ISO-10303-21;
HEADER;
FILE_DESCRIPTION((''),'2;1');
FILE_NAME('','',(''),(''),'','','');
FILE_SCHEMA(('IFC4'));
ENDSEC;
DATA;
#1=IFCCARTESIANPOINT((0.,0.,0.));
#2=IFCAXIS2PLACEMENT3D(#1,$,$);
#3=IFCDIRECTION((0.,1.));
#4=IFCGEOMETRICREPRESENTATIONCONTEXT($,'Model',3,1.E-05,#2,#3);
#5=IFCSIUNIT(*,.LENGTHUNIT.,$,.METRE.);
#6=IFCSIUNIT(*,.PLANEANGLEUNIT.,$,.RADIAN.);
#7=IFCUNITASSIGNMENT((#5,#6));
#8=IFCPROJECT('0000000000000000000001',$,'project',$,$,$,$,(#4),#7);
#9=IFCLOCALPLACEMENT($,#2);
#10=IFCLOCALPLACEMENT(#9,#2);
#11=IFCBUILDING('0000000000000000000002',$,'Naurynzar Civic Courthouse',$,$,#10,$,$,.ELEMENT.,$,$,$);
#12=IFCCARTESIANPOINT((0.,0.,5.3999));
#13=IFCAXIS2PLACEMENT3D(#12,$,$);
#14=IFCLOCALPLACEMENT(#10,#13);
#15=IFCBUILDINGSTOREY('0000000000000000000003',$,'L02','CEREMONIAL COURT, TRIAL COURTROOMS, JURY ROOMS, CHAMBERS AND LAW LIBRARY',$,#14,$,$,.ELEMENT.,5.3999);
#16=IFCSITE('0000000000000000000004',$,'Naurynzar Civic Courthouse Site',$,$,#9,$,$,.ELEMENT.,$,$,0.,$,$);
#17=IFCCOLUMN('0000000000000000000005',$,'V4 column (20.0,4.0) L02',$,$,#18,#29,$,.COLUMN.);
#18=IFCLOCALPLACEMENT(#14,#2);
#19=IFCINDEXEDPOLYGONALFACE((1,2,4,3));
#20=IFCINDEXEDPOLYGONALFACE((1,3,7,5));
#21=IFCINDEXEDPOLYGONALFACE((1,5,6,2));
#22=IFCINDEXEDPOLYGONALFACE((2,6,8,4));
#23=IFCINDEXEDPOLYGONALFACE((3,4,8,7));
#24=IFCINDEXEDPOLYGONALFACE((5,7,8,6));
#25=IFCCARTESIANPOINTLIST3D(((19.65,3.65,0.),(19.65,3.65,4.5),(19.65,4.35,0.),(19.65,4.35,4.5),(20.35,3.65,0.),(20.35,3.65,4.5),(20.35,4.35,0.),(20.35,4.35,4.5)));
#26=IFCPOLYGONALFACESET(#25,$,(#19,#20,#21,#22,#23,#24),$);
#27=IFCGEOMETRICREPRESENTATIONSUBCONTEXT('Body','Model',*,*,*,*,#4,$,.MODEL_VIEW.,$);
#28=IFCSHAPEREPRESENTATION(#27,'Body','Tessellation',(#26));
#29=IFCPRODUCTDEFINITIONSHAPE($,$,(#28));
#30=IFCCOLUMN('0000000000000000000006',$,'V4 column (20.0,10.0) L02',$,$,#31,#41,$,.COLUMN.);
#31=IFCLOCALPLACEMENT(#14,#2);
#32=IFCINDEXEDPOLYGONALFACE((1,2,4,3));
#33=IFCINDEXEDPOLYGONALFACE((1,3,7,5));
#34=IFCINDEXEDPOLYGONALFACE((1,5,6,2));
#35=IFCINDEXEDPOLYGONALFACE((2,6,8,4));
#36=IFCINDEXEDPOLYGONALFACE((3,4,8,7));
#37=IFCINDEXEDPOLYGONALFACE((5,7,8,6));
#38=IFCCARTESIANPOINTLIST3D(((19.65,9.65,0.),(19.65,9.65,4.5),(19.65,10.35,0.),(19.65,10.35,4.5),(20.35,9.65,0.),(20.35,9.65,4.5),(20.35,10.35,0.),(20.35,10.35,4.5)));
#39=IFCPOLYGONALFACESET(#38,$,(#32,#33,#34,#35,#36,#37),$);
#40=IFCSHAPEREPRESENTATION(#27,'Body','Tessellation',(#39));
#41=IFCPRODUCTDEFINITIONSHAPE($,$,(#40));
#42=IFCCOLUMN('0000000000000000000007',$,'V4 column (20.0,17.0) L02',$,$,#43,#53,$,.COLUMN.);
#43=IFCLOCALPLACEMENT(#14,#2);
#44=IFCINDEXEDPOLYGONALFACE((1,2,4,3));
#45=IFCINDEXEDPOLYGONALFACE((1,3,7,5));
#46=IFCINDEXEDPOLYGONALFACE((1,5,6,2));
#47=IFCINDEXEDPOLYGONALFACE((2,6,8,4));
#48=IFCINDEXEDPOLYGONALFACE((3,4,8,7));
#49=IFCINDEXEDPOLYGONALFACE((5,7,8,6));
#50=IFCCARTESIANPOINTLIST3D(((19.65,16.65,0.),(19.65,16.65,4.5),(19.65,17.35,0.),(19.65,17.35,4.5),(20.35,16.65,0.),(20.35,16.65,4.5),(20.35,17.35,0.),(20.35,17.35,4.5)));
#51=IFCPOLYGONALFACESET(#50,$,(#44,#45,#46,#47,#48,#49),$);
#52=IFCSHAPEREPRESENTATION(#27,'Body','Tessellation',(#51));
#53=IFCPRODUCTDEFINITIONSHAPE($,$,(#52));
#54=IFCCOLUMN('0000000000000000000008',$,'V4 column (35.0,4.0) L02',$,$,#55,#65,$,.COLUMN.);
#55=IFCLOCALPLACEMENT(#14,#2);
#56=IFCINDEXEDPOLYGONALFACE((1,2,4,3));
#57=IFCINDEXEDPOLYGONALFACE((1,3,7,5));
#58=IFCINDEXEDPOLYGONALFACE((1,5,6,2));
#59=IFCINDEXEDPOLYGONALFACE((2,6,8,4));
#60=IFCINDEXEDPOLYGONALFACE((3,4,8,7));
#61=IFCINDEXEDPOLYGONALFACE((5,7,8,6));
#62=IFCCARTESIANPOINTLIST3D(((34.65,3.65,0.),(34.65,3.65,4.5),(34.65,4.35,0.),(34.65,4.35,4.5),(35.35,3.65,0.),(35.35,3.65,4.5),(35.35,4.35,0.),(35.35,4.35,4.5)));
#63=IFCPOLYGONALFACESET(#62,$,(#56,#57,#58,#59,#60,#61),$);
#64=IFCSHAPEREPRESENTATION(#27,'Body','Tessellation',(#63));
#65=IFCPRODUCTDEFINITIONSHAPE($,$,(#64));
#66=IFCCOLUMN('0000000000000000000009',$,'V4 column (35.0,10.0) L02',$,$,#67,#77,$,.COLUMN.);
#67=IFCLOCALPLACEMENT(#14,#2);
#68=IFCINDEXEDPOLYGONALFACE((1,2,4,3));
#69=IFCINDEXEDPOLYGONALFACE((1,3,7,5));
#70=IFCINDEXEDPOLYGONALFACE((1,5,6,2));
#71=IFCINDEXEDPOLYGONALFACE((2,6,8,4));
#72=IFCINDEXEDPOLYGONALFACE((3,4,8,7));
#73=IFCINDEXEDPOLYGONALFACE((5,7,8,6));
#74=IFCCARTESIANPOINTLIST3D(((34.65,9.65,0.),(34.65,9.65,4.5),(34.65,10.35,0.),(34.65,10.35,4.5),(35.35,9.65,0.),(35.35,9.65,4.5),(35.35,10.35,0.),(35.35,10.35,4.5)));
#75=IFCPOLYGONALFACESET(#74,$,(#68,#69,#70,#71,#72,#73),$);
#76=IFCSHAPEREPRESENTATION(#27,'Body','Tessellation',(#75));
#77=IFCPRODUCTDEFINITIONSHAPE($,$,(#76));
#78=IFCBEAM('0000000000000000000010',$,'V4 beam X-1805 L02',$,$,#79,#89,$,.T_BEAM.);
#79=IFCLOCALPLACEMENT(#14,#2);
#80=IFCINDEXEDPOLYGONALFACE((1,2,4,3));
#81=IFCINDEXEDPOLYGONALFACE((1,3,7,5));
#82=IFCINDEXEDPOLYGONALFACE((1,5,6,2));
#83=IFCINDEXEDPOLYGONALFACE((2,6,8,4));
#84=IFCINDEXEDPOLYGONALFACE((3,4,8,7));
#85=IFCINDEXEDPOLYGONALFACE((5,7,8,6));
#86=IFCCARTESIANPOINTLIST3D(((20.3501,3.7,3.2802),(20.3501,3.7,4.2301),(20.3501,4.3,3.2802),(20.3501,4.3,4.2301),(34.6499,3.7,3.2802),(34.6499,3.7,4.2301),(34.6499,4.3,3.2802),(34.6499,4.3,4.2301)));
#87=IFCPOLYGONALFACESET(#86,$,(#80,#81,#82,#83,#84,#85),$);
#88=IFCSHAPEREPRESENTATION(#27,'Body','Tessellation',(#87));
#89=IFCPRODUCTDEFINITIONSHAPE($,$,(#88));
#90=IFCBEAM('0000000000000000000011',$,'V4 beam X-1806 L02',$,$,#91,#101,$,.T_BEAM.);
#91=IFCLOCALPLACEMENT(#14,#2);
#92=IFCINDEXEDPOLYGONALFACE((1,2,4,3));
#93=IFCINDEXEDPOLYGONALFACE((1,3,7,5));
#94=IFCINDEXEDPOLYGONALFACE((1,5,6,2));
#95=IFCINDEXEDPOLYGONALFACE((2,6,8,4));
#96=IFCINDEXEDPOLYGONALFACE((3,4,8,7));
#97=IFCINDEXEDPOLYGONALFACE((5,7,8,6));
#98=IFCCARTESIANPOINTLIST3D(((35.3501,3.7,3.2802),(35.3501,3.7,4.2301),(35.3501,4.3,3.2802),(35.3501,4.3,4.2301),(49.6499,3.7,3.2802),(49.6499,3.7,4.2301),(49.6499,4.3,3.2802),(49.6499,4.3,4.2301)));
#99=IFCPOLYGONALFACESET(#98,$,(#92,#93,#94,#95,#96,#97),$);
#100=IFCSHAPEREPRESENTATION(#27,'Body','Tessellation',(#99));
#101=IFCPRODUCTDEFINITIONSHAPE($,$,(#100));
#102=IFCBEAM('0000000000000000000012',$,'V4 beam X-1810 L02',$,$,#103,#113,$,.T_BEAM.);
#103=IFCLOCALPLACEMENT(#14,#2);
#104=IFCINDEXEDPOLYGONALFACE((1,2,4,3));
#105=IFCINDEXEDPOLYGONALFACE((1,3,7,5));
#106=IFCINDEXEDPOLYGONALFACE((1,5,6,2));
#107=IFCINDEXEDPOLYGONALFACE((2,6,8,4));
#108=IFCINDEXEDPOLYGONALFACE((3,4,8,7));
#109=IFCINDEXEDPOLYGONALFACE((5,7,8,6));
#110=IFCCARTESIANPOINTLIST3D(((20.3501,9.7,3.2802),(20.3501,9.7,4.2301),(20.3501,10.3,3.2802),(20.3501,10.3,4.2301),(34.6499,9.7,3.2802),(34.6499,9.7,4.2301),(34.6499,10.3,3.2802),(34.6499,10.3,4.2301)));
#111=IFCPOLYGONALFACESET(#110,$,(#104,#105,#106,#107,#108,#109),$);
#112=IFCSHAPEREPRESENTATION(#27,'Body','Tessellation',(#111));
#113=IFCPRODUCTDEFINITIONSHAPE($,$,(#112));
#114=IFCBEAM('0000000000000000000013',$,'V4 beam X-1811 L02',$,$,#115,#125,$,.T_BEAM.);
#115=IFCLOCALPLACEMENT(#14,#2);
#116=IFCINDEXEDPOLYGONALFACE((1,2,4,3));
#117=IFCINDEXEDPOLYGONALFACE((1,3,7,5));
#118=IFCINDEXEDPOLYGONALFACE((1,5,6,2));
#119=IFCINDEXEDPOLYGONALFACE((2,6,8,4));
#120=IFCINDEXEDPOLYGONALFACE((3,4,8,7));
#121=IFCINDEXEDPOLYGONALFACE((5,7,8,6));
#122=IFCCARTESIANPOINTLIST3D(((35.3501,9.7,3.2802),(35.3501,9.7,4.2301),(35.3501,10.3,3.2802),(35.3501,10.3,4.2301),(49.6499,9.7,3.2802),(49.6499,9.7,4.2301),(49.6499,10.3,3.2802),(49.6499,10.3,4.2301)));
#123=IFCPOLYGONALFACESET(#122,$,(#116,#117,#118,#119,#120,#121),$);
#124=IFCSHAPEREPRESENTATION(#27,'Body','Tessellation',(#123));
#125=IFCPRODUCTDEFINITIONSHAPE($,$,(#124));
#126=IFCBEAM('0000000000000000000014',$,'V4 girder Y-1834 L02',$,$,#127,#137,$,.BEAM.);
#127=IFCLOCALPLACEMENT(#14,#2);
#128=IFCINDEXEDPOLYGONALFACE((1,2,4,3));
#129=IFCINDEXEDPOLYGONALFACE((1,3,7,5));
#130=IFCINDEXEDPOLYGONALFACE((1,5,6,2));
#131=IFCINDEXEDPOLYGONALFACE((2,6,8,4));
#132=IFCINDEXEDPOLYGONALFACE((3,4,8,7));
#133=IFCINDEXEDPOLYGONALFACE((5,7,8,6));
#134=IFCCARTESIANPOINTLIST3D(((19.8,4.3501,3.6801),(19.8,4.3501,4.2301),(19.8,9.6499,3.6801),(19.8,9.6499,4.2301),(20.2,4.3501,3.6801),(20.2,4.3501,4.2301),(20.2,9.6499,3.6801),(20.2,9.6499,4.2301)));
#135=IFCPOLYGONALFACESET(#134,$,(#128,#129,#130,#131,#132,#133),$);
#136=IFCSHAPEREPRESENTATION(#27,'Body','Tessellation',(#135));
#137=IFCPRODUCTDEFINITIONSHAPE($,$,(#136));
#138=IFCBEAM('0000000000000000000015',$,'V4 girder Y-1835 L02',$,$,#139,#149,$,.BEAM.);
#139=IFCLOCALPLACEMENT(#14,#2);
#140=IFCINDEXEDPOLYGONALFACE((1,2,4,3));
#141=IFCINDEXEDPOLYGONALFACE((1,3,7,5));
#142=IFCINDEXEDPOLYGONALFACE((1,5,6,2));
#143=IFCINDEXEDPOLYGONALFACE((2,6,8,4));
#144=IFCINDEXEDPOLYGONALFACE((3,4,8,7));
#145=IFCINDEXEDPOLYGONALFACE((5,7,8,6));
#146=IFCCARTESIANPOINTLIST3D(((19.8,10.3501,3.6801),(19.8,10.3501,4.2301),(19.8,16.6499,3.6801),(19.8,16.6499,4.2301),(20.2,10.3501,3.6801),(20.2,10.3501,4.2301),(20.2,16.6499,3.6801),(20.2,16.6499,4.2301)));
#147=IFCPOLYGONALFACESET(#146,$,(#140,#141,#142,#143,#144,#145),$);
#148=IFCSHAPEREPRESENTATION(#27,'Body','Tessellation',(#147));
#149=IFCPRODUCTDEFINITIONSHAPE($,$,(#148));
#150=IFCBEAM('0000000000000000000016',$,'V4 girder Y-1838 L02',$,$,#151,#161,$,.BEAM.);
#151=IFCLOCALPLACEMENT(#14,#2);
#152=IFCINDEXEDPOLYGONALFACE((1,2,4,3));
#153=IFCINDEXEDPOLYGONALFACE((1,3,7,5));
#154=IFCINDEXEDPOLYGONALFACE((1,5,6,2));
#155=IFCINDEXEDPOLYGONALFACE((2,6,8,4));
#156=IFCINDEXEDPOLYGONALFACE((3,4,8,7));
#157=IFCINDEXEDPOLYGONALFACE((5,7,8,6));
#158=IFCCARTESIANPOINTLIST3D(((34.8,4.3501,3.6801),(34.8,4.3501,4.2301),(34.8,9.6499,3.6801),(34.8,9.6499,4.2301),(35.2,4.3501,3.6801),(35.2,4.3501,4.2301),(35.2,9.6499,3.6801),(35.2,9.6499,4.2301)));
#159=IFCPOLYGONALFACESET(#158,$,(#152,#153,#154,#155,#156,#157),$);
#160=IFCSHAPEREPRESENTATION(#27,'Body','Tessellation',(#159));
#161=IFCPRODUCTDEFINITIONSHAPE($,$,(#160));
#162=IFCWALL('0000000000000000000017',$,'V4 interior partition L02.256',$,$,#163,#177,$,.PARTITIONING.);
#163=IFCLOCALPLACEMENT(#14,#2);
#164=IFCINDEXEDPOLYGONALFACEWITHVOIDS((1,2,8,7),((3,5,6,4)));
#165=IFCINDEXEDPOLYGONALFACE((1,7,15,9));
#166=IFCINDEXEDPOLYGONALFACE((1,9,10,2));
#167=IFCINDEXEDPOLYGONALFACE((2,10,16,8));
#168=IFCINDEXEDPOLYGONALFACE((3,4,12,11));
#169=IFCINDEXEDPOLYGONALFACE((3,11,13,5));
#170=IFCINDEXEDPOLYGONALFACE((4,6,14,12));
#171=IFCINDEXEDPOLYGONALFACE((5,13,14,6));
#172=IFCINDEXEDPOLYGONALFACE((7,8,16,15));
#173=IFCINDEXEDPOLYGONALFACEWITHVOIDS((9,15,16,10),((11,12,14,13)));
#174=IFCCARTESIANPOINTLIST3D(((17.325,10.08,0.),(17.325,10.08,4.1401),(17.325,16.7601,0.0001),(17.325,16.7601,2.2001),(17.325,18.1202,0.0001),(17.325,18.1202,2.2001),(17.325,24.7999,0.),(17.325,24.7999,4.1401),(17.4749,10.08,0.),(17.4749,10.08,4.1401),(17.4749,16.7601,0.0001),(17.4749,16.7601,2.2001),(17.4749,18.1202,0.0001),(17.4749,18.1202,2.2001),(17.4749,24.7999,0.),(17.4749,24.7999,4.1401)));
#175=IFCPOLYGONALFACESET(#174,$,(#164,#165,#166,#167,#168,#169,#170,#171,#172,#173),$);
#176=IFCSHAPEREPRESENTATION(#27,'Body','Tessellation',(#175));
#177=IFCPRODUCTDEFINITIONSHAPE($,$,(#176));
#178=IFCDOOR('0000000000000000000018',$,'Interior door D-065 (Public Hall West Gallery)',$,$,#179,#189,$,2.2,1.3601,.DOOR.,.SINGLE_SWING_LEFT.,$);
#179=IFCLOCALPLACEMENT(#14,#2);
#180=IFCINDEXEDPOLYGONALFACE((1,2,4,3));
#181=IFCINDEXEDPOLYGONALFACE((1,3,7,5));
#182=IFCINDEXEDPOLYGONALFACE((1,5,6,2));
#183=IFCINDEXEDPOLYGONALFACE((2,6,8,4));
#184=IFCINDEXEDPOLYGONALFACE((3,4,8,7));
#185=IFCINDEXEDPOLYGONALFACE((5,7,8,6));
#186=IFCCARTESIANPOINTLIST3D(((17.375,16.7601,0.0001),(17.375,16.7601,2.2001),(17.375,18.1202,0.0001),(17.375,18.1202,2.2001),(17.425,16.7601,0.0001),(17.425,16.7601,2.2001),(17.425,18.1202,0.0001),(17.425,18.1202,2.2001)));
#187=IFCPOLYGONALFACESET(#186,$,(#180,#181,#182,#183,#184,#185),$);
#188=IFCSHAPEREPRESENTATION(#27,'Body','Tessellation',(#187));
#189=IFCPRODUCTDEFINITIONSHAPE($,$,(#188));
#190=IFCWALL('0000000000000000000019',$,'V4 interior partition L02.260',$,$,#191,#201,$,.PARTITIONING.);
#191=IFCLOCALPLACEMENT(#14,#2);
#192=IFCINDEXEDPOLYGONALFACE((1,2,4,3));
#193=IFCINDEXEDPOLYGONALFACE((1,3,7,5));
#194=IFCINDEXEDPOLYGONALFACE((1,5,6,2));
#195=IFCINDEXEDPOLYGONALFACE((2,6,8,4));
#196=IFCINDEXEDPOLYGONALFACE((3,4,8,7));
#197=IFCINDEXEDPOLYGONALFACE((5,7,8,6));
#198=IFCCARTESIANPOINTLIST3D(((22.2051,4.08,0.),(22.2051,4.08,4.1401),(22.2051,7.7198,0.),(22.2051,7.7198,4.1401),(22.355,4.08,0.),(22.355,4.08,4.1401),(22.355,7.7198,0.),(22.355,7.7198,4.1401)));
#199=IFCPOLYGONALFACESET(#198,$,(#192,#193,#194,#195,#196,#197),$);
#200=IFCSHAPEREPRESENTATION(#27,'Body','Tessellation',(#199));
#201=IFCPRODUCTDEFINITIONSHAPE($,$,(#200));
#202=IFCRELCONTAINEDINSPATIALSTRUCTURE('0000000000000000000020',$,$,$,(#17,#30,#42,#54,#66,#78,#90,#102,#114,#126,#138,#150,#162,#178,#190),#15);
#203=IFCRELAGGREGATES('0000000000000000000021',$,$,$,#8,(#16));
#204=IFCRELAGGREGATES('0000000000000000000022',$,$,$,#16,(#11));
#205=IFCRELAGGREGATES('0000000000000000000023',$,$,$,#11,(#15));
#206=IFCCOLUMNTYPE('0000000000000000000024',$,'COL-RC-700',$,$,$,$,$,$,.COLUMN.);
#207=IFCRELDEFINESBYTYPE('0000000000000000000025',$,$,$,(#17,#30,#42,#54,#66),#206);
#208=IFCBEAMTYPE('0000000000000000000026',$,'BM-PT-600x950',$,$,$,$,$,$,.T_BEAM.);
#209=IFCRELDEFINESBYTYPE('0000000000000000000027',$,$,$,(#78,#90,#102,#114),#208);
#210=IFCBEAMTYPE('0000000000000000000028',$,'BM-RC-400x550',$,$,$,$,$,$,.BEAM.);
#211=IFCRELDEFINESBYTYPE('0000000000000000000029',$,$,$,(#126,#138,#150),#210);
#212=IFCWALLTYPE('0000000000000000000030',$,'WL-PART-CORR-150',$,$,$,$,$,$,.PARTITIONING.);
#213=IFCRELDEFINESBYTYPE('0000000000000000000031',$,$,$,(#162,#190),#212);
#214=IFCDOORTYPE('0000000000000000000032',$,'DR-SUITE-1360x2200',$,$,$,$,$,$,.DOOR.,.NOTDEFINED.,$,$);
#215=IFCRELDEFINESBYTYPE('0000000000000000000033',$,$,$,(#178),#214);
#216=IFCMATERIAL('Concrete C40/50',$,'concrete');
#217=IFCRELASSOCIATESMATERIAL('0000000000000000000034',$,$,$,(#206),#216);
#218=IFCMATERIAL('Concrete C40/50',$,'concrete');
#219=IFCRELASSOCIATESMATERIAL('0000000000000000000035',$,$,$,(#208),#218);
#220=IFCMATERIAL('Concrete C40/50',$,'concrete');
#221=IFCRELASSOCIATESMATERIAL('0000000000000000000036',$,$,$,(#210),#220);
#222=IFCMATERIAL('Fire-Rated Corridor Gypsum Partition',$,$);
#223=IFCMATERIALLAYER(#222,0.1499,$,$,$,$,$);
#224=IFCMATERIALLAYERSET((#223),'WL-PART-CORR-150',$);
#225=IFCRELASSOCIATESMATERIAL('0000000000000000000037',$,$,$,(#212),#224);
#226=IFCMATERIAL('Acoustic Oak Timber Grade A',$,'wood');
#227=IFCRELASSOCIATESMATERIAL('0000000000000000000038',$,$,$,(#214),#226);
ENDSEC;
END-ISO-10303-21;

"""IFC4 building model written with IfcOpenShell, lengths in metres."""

from ifc_helpers import new_model, si_unit, direction, frame, frame_2d, origin, origin_2d, place, context, subcontext, project, spatial, rectangle, extrude, material, layer, layer_set, material_profile, profile_set, type_object, element, fill, save


model = new_model("IFC4")

# Units and contexts
model_context = context("Model", 3, precision=1e-05, world=origin(), true_north=direction((0.0, 1.0)))
body_context = subcontext(model_context, "Body", "Model", "MODEL_VIEW")
ifc_project = project(units=[si_unit("LENGTHUNIT", "METRE"), si_unit("PLANEANGLEUNIT", "RADIAN")], contexts=[model_context])

# Site, building, storey
site_placement = place(None, origin())
site = spatial("IfcSite", under=ifc_project, at=site_placement, Name="Naurynzar Civic Courthouse Site", CompositionType="ELEMENT", RefElevation=0.0)
building_placement = place(site_placement, origin())
building = spatial("IfcBuilding", under=site, at=building_placement, Name="Naurynzar Civic Courthouse", CompositionType="ELEMENT")
storey_placement = place(building_placement, frame((0.0, 0.0, 5.3999)))
storey = spatial("IfcBuildingStorey", under=building, at=storey_placement, Name="L02", Description="CEREMONIAL COURT, TRIAL COURTROOMS, JURY ROOMS, CHAMBERS AND LAW LIBRARY", CompositionType="ELEMENT", Elevation=5.3999)

# Columns
ifc_material_1 = material(Name="Concrete C40/50", Category="concrete")
ifc_material_profile_1 = material_profile(ifc_material_1, rectangle(XDim=0.7, YDim=0.7, at=origin_2d()), Name="RC 700x700")
ifc_profile_set_1 = profile_set([ifc_material_profile_1], Name="Concrete C40/50")
column_type = type_object("IfcColumnType", Name="COL-RC-700", PredefinedType="COLUMN", material=ifc_profile_set_1)
for number, where, z_axis, x_axis, name in (
    (1, (20.0, 4.0, 0.0), (0.0, 0.0, 1.0), (1.0, 0.0, 0.0), "V4 column (20.0,4.0) L02"),
    (2, (20.0, 10.0, 0.0), (0.0, 0.0, 1.0), (1.0, 0.0, 0.0), "V4 column (20.0,10.0) L02"),
    (3, (20.0, 17.0, 0.0), (0.0, 0.0, 1.0), (1.0, 0.0, 0.0), "V4 column (20.0,17.0) L02"),
    (4, (35.0, 4.0, 0.0), (0.0, 0.0, 1.0), (1.0, 0.0, 0.0), "V4 column (35.0,4.0) L02"),
    (5, (35.0, 10.0, 0.0), (0.0, 0.0, 1.0), (1.0, 0.0, 0.0), "V4 column (35.0,10.0) L02"),
):
    element("IfcColumn", number, at=place(storey_placement, frame(where, z_axis=z_axis, x_axis=x_axis)), inside=storey, type_object=column_type, Name=name, PredefinedType="COLUMN", context=body_context, shape_type="SweptSolid", body=[
        extrude(rectangle(XDim=0.7, YDim=0.7, at=origin_2d()), origin(), (0.0, 0.0, 1.0), 4.5),
    ])

# Beams
ifc_material_2 = material(Name="Concrete C40/50", Category="concrete")
ifc_material_profile_2 = material_profile(ifc_material_2, rectangle(XDim=0.6001, YDim=0.95, at=origin_2d()), Name="PTB 600x950")
ifc_profile_set_2 = profile_set([ifc_material_profile_2], Name="Concrete C40/50")
beam_type_1 = type_object("IfcBeamType", Name="BM-PT-600x950", PredefinedType="T_BEAM", material=ifc_profile_set_2)
for number, where, z_axis, x_axis, name in (
    (6, (20.3501, 4.0, 3.7551), (1.0, 0.0, 0.0), (0.0, 1.0, 0.0), "V4 beam X-1805 L02"),
    (7, (35.3501, 4.0, 3.7551), (1.0, 0.0, 0.0), (0.0, 1.0, 0.0), "V4 beam X-1806 L02"),
    (8, (20.3501, 10.0, 3.7551), (1.0, 0.0, 0.0), (0.0, 1.0, 0.0), "V4 beam X-1810 L02"),
    (9, (35.3501, 10.0, 3.7551), (1.0, 0.0, 0.0), (0.0, 1.0, 0.0), "V4 beam X-1811 L02"),
):
    element("IfcBeam", number, at=place(storey_placement, frame(where, z_axis=z_axis, x_axis=x_axis)), inside=storey, type_object=beam_type_1, Name=name, PredefinedType="T_BEAM", context=body_context, shape_type="SweptSolid", body=[
        extrude(rectangle(XDim=0.6001, YDim=0.95, at=origin_2d()), origin(), (0.0, 0.0, 1.0), 14.2998),
    ])
ifc_material_3 = material(Name="Concrete C40/50", Category="concrete")
ifc_material_profile_3 = material_profile(ifc_material_3, rectangle(XDim=0.3999, YDim=0.55, at=origin_2d()), Name="RCB 400x550")
ifc_profile_set_3 = profile_set([ifc_material_profile_3], Name="Concrete C40/50")
beam_type_2 = type_object("IfcBeamType", Name="BM-RC-400x550", PredefinedType="BEAM", material=ifc_profile_set_3)
beam_1_placement = place(storey_placement, frame((20.0, 4.3501, 3.9551), z_axis=(0.0, 1.0, 0.0), x_axis=(-1.0, 0.0, 0.0)))
element("IfcBeam", 10, at=beam_1_placement, inside=storey, type_object=beam_type_2, Name="V4 girder Y-1834 L02", PredefinedType="BEAM", context=body_context, shape_type="SweptSolid", body=[
    extrude(rectangle(XDim=0.3999, YDim=0.55, at=origin_2d()), origin(), (0.0, 0.0, 1.0), 5.2998),
])
beam_2_placement = place(storey_placement, frame((20.0, 10.3501, 3.9551), z_axis=(0.0, 1.0, 0.0), x_axis=(-1.0, 0.0, 0.0)))
element("IfcBeam", 11, at=beam_2_placement, inside=storey, type_object=beam_type_2, Name="V4 girder Y-1835 L02", PredefinedType="BEAM", context=body_context, shape_type="SweptSolid", body=[
    extrude(rectangle(XDim=0.3999, YDim=0.55, at=origin_2d()), origin(), (0.0, 0.0, 1.0), 6.2998),
])
beam_3_placement = place(storey_placement, frame((35.0, 4.3501, 3.9551), z_axis=(0.0, 1.0, 0.0), x_axis=(-1.0, 0.0, 0.0)))
element("IfcBeam", 12, at=beam_3_placement, inside=storey, type_object=beam_type_2, Name="V4 girder Y-1838 L02", PredefinedType="BEAM", context=body_context, shape_type="SweptSolid", body=[
    extrude(rectangle(XDim=0.3999, YDim=0.55, at=origin_2d()), origin(), (0.0, 0.0, 1.0), 5.2998),
])

# Wall, opening, door
ifc_material_4 = material(Name="Fire-Rated Corridor Gypsum Partition")
ifc_layer_1 = layer(ifc_material_4, 0.1499)
ifc_layer_set_1 = layer_set([ifc_layer_1], Name="WL-PART-CORR-150")
wall_type_1 = type_object("IfcWallType", Name="WL-PART-CORR-150", PredefinedType="PARTITIONING", material=ifc_layer_set_1)
wall_1_placement = place(storey_placement, frame((17.3999, 10.0801, 0.0), z_axis=(0.0, 0.0, 1.0), x_axis=(0.0, 1.0, 0.0)))
wall_1 = element("IfcWall", 13, at=wall_1_placement, inside=storey, type_object=wall_type_1, Name="V4 interior partition L02.256", PredefinedType="PARTITIONING", context=body_context, shape_type="SweptSolid", body=[
    extrude(rectangle(XDim=14.72, YDim=0.1499, at=frame_2d((7.3599, 0.0))), origin(), (0.0, 0.0, 1.0), 4.1401),
])
opening_1_placement = place(wall_1_placement, frame((6.6799, 0.0, 0.0)))
opening_1 = element("IfcOpeningElement", 14, at=opening_1_placement, cuts=wall_1, PredefinedType="OPENING", context=body_context, shape_type="SweptSolid", body=[
    extrude(rectangle(XDim=1.3601, YDim=2.2, at=frame_2d((0.6802, 1.1001))), frame((0.0, 0.085, 0.0), z_axis=(0.0, -1.0, 0.0), x_axis=(1.0, 0.0, 0.0)), (0.0, 0.0, 1.0), 0.1699),
])
ifc_material_5 = material(Name="Acoustic Oak Timber Grade A", Category="wood")
door_type_1 = type_object("IfcDoorType", Name="DR-SUITE-1360x2200", OperationType="NOTDEFINED", PredefinedType="DOOR", material=ifc_material_5)
door_1_placement = place(opening_1_placement, origin())
door_1 = element("IfcDoor", 15, at=door_1_placement, inside=storey, type_object=door_type_1, Name="Interior door D-065 (Public Hall West Gallery)", OperationType="SINGLE_SWING_LEFT", OverallHeight=2.2, OverallWidth=1.3601, PredefinedType="DOOR", context=body_context, shape_type="SweptSolid", body=[
    extrude(rectangle(XDim=1.3601, YDim=2.2, at=frame_2d((0.6802, 1.1001))), frame((0.0, 0.0249, 0.0), z_axis=(0.0, -1.0, 0.0), x_axis=(1.0, 0.0, 0.0)), (0.0, 0.0, 1.0), 0.05),
])
fill(opening_1, door_1)

# Wall
wall_2_placement = place(storey_placement, frame((22.28, 4.0801, 0.0), z_axis=(0.0, 0.0, 1.0), x_axis=(0.0, 1.0, 0.0)))
element("IfcWall", 16, at=wall_2_placement, inside=storey, type_object=wall_type_1, Name="V4 interior partition L02.260", PredefinedType="PARTITIONING", context=body_context, shape_type="SweptSolid", body=[
    extrude(rectangle(XDim=3.6399, YDim=0.1499, at=frame_2d((1.8198, 0.0))), origin(), (0.0, 0.0, 1.0), 4.1401),
])

save(model, "model.ifc")
